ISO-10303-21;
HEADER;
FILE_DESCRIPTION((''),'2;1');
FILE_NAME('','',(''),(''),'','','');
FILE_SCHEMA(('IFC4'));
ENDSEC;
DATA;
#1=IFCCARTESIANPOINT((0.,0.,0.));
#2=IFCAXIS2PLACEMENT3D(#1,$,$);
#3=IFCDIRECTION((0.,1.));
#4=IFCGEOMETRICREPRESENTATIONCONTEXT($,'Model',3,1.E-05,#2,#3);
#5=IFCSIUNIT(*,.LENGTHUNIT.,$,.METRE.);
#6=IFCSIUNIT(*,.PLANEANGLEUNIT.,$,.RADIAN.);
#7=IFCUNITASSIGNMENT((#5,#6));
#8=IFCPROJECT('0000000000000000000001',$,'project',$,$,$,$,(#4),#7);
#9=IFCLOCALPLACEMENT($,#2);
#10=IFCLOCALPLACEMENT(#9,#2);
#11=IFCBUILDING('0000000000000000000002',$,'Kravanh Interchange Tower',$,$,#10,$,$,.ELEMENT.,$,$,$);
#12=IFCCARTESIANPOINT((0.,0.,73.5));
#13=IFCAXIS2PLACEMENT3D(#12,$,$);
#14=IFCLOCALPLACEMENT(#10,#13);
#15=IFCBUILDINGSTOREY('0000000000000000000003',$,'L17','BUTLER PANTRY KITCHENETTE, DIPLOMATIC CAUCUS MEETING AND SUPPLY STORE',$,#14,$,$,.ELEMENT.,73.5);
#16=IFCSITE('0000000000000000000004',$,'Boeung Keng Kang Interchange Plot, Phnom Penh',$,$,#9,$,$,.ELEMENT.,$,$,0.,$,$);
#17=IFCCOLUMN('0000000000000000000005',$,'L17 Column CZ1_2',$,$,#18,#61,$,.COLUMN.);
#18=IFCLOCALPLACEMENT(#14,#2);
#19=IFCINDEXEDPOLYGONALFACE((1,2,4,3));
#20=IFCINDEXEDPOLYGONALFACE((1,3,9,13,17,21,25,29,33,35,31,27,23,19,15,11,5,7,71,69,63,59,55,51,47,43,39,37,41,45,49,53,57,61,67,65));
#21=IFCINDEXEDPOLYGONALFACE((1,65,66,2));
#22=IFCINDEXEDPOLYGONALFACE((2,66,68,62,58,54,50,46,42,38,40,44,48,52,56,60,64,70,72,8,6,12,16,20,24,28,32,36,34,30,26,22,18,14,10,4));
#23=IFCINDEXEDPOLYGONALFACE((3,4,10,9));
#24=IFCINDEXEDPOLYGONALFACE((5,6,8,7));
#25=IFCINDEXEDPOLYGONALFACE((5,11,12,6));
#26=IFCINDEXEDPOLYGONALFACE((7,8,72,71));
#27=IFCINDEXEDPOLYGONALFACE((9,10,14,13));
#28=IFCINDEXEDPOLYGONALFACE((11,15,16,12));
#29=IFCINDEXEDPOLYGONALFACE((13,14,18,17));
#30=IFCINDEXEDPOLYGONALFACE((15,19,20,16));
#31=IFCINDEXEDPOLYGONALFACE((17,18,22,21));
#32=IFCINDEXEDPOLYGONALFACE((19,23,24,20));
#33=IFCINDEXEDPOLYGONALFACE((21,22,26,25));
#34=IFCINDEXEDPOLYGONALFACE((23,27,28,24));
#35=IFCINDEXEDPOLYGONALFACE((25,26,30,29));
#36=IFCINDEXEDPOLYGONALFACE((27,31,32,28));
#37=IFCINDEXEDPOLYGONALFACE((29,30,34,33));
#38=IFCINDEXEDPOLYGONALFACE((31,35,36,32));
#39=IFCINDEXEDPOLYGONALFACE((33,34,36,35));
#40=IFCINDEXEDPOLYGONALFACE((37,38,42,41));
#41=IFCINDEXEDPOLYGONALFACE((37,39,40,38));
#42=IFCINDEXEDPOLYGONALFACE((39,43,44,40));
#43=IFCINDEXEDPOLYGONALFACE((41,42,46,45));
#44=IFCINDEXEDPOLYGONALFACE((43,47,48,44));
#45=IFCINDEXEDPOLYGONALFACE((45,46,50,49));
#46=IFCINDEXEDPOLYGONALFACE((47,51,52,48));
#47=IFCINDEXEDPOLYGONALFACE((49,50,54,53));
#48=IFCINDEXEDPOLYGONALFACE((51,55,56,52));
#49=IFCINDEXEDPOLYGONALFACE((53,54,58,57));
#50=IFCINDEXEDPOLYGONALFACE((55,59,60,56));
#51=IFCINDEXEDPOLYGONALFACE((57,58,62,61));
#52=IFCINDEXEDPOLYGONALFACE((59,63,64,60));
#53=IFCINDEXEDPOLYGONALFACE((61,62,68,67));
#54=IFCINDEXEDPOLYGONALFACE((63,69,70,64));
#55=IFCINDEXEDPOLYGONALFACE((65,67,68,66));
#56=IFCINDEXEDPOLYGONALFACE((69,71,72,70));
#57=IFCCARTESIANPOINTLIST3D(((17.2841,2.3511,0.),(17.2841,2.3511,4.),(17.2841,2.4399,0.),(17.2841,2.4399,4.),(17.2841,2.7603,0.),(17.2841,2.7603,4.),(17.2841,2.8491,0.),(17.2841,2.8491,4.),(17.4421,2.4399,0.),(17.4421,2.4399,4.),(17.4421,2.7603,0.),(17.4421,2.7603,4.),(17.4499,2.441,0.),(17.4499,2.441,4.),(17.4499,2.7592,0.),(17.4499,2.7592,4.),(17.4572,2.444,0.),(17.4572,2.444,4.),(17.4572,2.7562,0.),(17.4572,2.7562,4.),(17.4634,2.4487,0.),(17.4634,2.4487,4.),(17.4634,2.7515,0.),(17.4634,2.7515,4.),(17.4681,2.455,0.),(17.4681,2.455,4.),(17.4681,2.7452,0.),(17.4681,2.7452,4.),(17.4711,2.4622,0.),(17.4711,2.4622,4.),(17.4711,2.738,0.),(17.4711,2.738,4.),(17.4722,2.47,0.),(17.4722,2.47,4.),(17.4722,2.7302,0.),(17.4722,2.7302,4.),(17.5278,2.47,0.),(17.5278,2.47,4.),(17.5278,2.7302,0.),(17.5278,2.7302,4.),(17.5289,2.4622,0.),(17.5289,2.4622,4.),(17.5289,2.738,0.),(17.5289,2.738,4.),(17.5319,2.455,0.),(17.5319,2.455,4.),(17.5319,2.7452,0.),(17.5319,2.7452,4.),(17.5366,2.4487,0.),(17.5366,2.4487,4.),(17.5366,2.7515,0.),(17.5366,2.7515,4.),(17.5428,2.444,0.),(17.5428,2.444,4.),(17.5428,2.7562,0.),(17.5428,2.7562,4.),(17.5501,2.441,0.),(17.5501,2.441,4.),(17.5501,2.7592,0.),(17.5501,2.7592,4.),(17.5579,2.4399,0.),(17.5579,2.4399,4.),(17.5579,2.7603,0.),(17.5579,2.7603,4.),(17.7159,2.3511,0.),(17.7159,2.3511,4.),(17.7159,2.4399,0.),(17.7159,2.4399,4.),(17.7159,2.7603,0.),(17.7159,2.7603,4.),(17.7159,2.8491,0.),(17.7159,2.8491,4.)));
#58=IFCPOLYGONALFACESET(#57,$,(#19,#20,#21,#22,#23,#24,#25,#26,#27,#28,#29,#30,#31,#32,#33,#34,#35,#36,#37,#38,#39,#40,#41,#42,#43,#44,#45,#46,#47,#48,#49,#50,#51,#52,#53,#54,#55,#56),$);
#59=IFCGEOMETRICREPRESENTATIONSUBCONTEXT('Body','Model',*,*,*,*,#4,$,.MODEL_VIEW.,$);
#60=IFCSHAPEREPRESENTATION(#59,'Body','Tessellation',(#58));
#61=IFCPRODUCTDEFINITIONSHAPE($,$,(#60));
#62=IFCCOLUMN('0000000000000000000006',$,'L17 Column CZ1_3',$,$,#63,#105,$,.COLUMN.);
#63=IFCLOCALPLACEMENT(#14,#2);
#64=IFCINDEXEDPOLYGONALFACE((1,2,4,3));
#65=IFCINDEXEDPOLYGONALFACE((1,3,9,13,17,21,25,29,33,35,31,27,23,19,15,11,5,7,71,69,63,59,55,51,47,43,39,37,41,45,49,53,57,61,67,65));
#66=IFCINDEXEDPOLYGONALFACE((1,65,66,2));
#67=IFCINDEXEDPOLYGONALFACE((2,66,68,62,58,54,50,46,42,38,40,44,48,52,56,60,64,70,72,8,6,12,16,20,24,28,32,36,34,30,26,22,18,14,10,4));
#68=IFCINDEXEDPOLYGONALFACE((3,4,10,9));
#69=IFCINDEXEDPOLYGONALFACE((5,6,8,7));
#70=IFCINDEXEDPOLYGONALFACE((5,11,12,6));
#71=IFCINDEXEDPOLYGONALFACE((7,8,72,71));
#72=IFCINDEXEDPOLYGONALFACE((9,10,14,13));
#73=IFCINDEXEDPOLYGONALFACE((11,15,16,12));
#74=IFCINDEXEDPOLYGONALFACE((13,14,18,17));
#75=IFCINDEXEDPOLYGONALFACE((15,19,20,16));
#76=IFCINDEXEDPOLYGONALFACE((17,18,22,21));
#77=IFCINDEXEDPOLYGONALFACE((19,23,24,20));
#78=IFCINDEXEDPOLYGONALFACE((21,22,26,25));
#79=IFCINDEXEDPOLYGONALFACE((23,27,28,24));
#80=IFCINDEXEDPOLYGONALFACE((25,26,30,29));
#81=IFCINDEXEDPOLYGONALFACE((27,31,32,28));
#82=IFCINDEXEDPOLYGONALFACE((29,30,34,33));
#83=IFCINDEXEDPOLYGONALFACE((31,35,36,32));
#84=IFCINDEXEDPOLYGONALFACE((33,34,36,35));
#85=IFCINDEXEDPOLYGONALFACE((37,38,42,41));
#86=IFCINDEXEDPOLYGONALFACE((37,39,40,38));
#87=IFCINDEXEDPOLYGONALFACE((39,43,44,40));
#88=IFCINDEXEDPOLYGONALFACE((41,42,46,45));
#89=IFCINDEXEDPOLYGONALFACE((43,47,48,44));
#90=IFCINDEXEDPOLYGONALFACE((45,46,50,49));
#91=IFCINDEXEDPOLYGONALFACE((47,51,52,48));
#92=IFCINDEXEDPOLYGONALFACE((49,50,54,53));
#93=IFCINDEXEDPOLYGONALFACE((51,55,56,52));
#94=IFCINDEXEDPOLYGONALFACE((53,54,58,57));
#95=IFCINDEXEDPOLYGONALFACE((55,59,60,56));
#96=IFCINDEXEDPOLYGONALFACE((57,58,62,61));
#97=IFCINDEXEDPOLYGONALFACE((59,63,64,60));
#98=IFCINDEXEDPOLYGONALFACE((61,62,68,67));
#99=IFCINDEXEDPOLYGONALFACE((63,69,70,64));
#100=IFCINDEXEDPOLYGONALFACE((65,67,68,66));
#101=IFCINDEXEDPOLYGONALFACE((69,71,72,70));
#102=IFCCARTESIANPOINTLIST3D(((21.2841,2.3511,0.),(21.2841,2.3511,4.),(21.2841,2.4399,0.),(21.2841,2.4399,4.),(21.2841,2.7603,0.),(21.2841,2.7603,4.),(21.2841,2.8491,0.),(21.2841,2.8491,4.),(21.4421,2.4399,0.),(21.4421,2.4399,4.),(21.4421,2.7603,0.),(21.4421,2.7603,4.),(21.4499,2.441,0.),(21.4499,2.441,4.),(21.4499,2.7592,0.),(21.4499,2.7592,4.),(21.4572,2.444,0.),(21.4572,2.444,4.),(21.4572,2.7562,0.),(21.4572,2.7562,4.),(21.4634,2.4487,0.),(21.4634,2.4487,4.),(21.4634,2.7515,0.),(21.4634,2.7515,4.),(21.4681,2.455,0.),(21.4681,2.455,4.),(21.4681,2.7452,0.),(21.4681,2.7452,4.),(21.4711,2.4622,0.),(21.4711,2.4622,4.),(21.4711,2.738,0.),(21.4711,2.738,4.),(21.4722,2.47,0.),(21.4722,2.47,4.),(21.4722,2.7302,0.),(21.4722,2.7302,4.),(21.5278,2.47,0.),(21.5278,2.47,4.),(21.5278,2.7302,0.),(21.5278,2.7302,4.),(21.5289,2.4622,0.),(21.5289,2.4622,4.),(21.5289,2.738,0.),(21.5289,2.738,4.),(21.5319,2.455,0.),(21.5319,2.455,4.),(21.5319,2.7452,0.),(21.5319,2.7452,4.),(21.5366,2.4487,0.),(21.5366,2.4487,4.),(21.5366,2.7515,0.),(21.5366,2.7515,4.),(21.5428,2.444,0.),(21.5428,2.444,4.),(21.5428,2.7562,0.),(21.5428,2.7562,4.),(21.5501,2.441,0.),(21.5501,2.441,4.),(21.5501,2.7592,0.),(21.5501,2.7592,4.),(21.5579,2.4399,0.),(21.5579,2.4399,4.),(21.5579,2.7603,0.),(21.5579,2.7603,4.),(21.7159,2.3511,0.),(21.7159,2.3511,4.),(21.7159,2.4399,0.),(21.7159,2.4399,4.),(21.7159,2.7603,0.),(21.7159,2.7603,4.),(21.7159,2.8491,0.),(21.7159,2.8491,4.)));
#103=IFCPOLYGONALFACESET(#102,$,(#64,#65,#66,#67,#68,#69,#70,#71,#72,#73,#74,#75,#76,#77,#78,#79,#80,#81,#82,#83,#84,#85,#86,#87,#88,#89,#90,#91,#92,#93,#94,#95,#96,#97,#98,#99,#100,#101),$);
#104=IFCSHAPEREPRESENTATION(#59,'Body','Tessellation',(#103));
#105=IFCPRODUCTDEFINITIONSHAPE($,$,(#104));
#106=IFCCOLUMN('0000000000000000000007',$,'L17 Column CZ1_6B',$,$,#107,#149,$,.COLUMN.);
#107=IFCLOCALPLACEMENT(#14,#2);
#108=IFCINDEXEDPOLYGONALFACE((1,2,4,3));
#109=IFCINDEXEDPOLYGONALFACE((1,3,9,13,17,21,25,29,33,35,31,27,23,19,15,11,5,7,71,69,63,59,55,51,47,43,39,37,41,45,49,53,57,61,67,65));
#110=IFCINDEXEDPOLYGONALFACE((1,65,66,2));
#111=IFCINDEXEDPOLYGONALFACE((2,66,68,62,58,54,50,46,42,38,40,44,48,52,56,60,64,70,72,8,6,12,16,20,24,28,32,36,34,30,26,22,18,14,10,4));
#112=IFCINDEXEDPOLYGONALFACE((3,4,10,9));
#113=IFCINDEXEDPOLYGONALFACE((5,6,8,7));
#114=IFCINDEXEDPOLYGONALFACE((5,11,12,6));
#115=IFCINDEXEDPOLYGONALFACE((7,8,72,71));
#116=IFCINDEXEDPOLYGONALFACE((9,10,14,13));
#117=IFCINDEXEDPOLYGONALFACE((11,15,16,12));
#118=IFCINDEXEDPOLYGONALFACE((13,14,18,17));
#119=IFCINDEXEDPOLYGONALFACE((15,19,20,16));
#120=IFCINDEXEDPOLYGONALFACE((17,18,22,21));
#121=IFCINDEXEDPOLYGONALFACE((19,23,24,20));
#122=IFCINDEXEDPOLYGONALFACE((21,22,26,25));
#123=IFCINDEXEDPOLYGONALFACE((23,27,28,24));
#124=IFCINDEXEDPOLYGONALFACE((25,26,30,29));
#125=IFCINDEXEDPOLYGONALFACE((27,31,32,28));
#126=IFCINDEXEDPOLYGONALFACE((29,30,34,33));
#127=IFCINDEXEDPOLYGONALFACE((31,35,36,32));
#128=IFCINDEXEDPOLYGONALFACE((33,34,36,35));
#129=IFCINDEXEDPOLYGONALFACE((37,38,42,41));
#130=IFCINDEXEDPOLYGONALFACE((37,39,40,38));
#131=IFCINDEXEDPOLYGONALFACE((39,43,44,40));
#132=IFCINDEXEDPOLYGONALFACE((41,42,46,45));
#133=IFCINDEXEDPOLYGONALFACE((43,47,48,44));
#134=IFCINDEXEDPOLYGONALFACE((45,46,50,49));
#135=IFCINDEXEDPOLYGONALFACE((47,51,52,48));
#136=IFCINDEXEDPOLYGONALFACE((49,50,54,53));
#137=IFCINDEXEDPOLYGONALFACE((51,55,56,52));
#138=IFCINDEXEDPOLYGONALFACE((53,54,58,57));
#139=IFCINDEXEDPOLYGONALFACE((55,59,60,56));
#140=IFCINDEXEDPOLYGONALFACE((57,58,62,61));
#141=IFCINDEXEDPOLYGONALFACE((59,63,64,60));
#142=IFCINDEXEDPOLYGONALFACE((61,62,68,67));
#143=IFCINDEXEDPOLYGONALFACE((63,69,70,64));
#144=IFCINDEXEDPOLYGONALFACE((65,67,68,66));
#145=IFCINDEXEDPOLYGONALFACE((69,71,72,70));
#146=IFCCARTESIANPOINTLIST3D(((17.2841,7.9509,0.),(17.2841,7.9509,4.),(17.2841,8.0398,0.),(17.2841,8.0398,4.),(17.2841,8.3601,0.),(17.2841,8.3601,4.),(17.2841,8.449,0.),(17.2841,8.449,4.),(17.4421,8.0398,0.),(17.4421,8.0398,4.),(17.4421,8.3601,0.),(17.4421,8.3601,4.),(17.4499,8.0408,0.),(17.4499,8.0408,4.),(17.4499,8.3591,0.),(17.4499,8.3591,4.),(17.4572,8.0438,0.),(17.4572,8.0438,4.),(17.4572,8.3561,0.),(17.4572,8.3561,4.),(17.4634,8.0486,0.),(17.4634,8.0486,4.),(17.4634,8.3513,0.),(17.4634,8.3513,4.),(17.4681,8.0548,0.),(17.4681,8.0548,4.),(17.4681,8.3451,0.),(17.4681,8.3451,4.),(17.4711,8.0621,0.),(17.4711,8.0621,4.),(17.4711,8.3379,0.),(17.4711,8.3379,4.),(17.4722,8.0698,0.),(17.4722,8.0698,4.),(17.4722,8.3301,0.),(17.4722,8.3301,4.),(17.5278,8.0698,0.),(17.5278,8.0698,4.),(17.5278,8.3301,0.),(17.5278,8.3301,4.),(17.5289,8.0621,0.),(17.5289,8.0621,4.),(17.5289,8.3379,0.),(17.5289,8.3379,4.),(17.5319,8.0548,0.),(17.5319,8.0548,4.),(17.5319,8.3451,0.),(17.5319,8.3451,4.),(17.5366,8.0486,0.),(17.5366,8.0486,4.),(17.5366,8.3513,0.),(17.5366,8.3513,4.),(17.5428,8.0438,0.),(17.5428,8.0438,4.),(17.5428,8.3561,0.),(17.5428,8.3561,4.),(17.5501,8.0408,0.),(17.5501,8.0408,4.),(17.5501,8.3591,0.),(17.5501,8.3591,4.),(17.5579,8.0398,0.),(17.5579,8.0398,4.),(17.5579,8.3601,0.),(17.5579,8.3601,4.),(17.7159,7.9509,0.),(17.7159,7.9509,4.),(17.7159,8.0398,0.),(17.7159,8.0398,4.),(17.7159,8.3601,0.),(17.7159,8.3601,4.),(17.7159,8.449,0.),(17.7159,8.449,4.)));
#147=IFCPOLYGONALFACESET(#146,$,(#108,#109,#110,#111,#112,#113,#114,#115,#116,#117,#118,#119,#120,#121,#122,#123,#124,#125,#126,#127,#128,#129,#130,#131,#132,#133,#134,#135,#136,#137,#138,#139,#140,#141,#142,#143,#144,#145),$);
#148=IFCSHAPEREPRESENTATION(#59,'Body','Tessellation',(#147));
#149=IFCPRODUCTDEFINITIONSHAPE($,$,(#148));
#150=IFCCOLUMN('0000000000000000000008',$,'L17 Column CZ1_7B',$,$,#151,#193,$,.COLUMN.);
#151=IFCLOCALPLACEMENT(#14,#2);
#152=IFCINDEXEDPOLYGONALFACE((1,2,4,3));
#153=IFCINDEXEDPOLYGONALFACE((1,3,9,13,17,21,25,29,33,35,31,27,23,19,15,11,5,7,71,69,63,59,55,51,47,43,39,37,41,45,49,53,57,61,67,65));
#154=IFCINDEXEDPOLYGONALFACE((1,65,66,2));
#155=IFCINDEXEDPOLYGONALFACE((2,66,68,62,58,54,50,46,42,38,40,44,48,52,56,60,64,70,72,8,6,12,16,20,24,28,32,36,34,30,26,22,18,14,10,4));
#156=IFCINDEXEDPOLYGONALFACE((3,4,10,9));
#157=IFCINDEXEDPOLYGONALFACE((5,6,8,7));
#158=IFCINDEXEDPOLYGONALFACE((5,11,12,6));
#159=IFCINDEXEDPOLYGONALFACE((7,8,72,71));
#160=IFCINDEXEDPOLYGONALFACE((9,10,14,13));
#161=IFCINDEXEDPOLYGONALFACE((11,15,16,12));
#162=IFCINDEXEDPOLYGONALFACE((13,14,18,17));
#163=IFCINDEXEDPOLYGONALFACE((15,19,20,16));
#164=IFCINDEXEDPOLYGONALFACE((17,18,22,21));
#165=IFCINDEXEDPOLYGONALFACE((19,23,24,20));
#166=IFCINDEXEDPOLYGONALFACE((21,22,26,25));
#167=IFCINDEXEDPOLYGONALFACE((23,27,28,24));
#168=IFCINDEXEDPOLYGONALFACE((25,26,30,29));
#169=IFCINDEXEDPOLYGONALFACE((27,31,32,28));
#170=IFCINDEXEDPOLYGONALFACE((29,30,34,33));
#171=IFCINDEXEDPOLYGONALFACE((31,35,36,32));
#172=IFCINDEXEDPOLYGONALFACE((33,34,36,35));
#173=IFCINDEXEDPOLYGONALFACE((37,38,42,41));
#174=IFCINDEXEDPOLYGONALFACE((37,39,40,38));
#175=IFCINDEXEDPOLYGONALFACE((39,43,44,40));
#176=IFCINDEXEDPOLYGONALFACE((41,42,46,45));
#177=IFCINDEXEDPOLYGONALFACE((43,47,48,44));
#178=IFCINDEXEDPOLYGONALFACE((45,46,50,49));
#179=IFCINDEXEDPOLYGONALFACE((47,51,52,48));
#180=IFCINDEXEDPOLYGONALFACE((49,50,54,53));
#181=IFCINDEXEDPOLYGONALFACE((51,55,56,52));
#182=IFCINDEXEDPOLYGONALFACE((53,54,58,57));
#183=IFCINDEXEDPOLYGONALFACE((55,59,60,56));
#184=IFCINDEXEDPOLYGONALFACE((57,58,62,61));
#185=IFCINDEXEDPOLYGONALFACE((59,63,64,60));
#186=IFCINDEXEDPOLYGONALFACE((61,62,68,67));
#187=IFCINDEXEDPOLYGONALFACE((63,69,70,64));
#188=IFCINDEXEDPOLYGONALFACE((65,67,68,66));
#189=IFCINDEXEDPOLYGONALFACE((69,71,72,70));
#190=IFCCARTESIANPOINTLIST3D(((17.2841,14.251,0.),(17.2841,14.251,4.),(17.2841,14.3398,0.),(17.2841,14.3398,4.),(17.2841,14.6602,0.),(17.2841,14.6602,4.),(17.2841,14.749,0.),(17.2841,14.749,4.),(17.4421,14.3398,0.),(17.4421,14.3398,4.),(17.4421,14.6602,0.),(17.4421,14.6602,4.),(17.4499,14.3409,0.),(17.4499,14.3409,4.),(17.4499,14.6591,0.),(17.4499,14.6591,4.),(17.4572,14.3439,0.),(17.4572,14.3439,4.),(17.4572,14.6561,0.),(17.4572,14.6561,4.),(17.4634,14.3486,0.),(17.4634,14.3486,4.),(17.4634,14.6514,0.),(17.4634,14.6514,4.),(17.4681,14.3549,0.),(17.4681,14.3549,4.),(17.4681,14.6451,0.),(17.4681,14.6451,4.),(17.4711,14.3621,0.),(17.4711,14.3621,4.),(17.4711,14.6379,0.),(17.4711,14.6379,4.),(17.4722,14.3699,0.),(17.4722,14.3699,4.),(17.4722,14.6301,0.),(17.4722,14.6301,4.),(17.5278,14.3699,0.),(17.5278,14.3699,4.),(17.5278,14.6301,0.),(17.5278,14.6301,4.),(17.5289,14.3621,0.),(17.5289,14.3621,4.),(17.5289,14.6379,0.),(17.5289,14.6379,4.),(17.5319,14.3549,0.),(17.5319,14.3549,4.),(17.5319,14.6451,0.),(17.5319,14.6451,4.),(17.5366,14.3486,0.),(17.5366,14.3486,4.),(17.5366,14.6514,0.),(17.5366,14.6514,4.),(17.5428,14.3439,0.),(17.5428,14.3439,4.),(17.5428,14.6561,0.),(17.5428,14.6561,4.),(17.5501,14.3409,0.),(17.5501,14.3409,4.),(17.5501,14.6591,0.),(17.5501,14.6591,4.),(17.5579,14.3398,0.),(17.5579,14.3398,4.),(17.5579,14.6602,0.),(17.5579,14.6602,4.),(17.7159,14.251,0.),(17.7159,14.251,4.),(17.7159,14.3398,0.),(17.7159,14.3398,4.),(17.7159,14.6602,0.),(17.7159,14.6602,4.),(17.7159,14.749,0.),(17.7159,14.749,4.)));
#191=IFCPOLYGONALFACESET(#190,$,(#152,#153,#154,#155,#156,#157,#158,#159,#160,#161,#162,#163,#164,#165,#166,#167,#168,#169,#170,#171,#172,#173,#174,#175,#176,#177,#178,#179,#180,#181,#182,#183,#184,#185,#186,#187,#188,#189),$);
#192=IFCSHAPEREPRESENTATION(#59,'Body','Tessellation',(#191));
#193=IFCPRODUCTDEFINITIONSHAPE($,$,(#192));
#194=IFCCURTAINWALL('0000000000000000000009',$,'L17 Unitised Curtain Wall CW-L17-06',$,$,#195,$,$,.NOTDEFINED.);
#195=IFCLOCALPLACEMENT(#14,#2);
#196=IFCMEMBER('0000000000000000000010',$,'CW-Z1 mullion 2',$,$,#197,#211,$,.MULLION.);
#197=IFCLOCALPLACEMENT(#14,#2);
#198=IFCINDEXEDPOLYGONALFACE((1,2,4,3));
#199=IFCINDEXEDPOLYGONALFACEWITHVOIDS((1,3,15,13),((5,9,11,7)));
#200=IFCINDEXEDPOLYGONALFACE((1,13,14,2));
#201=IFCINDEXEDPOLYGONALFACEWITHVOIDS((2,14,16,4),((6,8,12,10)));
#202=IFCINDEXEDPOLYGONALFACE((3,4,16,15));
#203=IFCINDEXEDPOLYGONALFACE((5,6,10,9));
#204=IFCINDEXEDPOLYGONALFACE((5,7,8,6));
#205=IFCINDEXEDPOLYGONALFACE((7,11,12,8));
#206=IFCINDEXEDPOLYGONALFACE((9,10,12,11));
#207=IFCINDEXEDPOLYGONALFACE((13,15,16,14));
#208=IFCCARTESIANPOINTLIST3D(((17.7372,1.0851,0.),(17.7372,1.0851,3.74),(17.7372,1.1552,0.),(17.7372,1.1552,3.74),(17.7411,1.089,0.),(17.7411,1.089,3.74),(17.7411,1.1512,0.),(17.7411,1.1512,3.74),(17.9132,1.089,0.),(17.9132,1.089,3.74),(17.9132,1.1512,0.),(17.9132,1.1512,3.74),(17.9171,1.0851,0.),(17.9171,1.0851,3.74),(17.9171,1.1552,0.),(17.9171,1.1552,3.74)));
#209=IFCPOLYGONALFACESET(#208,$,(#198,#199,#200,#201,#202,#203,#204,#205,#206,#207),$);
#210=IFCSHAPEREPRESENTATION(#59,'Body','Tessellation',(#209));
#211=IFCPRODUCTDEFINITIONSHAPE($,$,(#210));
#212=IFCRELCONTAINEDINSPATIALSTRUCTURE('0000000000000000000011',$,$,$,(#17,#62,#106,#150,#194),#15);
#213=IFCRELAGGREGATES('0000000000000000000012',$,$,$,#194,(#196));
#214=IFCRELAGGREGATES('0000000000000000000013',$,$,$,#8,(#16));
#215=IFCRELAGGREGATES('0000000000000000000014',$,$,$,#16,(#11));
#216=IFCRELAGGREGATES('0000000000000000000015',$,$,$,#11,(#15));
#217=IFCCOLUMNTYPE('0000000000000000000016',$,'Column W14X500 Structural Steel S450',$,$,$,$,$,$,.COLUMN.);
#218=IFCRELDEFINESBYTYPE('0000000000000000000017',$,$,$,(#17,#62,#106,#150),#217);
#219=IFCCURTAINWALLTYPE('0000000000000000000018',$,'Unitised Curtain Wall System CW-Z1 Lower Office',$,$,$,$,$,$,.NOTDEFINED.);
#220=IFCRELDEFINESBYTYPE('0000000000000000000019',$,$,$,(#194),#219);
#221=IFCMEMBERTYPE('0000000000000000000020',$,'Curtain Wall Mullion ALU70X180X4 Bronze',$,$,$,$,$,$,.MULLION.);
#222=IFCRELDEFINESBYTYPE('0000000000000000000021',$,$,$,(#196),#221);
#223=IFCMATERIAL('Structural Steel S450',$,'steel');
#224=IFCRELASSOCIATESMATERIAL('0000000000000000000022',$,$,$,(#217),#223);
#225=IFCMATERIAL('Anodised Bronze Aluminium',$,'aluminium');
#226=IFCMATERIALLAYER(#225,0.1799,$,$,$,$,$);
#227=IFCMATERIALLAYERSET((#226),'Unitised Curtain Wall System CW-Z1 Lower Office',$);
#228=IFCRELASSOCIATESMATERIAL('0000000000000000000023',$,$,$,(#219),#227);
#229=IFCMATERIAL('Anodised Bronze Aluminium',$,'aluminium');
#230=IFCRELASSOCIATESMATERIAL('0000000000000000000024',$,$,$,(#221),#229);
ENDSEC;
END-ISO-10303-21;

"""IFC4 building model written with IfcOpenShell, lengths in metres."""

from ifc_helpers import new_model, si_unit, direction, frame, origin, origin_2d, place, context, subcontext, project, spatial, hollow_rectangle, i_section, extrude, material, layer, layer_set, material_profile, profile_set, type_object, element, aggregate, save


model = new_model("IFC4")

# Units and contexts
model_context = context("Model", 3, precision=1e-05, world=origin(), true_north=direction((0.0, 1.0)))
body_context = subcontext(model_context, "Body", "Model", "MODEL_VIEW")
ifc_project = project(units=[si_unit("LENGTHUNIT", "METRE"), si_unit("PLANEANGLEUNIT", "RADIAN")], contexts=[model_context])

# Site, building, storey
site_placement = place(None, origin())
site = spatial("IfcSite", under=ifc_project, at=site_placement, Name="Boeung Keng Kang Interchange Plot, Phnom Penh", CompositionType="ELEMENT", RefElevation=0.0)
building_placement = place(site_placement, origin())
building = spatial("IfcBuilding", under=site, at=building_placement, Name="Kravanh Interchange Tower", CompositionType="ELEMENT")
storey_placement = place(building_placement, frame((0.0, 0.0, 73.5)))
storey = spatial("IfcBuildingStorey", under=building, at=storey_placement, Name="L17", Description="BUTLER PANTRY KITCHENETTE, DIPLOMATIC CAUCUS MEETING AND SUPPLY STORE", CompositionType="ELEMENT", Elevation=73.5)

# Columns
ifc_material_1 = material(Name="Structural Steel S450", Category="steel")
ifc_material_profile_1 = material_profile(ifc_material_1, i_section(OverallWidth=0.4319, OverallDepth=0.498, WebThickness=0.0557, FlangeThickness=0.0889, FilletRadius=0.03, at=origin_2d()), Name="W14X500")
ifc_profile_set_1 = profile_set([ifc_material_profile_1], Name="Structural Steel S450")
column_type = type_object("IfcColumnType", Name="Column W14X500 Structural Steel S450", PredefinedType="COLUMN", material=ifc_profile_set_1)
for number, where, z_axis, x_axis, name in (
    (1, (17.5, 2.6001, 0.0), (0.0, 0.0, 1.0), (1.0, 0.0, 0.0), "L17 Column CZ1_2"),
    (2, (21.5, 2.6001, 0.0), (0.0, 0.0, 1.0), (1.0, 0.0, 0.0), "L17 Column CZ1_3"),
    (3, (17.5, 8.2, 0.0), (0.0, 0.0, 1.0), (1.0, 0.0, 0.0), "L17 Column CZ1_6B"),
    (4, (17.5, 14.5, 0.0), (0.0, 0.0, 1.0), (1.0, 0.0, 0.0), "L17 Column CZ1_7B"),
):
    element("IfcColumn", number, at=place(storey_placement, frame(where, z_axis=z_axis, x_axis=x_axis)), inside=storey, type_object=column_type, Name=name, PredefinedType="COLUMN", context=body_context, shape_type="SweptSolid", body=[
        extrude(i_section(OverallWidth=0.4319, OverallDepth=0.498, WebThickness=0.0557, FlangeThickness=0.0889, FilletRadius=0.03, at=origin_2d()), origin(), (0.0, 0.0, 1.0), 4.0),
    ])

# Curtain wall, member
ifc_material_2 = material(Name="Anodised Bronze Aluminium", Category="aluminium")
ifc_layer_1 = layer(ifc_material_2, 0.1799)
ifc_layer_set_1 = layer_set([ifc_layer_1], Name="Unitised Curtain Wall System CW-Z1 Lower Office")
curtain_wall_type = type_object("IfcCurtainWallType", Name="Unitised Curtain Wall System CW-Z1 Lower Office", PredefinedType="NOTDEFINED", material=ifc_layer_set_1)
curtain_wall_placement = place(storey_placement, origin())
curtain_wall = element("IfcCurtainWall", 5, at=curtain_wall_placement, inside=storey, type_object=curtain_wall_type, Name="L17 Unitised Curtain Wall CW-L17-06", PredefinedType="NOTDEFINED")
ifc_material_3 = material(Name="Anodised Bronze Aluminium", Category="aluminium")
ifc_material_profile_2 = material_profile(ifc_material_3, hollow_rectangle(XDim=0.0701, YDim=0.1799, WallThickness=0.0039, at=origin_2d()), Name="ALU70X180X4")
ifc_profile_set_2 = profile_set([ifc_material_profile_2], Name="Anodised Bronze Aluminium")
member_type_1 = type_object("IfcMemberType", Name="Curtain Wall Mullion ALU70X180X4 Bronze", PredefinedType="MULLION", material=ifc_profile_set_2)
member_1_placement = place(storey_placement, frame((17.8271, 1.1201, 0.0), z_axis=(0.0, 0.0, 1.0), x_axis=(0.0, -1.0, 0.0)))
member_1 = element("IfcMember", 6, at=member_1_placement, type_object=member_type_1, Name="CW-Z1 mullion 2", PredefinedType="MULLION", context=body_context, shape_type="SweptSolid", body=[
    extrude(hollow_rectangle(XDim=0.0701, YDim=0.1799, WallThickness=0.0039, at=origin_2d()), origin(), (0.0, 0.0, 1.0), 3.74),
])

aggregate(curtain_wall, [member_1])

save(model, "model.ifc")
